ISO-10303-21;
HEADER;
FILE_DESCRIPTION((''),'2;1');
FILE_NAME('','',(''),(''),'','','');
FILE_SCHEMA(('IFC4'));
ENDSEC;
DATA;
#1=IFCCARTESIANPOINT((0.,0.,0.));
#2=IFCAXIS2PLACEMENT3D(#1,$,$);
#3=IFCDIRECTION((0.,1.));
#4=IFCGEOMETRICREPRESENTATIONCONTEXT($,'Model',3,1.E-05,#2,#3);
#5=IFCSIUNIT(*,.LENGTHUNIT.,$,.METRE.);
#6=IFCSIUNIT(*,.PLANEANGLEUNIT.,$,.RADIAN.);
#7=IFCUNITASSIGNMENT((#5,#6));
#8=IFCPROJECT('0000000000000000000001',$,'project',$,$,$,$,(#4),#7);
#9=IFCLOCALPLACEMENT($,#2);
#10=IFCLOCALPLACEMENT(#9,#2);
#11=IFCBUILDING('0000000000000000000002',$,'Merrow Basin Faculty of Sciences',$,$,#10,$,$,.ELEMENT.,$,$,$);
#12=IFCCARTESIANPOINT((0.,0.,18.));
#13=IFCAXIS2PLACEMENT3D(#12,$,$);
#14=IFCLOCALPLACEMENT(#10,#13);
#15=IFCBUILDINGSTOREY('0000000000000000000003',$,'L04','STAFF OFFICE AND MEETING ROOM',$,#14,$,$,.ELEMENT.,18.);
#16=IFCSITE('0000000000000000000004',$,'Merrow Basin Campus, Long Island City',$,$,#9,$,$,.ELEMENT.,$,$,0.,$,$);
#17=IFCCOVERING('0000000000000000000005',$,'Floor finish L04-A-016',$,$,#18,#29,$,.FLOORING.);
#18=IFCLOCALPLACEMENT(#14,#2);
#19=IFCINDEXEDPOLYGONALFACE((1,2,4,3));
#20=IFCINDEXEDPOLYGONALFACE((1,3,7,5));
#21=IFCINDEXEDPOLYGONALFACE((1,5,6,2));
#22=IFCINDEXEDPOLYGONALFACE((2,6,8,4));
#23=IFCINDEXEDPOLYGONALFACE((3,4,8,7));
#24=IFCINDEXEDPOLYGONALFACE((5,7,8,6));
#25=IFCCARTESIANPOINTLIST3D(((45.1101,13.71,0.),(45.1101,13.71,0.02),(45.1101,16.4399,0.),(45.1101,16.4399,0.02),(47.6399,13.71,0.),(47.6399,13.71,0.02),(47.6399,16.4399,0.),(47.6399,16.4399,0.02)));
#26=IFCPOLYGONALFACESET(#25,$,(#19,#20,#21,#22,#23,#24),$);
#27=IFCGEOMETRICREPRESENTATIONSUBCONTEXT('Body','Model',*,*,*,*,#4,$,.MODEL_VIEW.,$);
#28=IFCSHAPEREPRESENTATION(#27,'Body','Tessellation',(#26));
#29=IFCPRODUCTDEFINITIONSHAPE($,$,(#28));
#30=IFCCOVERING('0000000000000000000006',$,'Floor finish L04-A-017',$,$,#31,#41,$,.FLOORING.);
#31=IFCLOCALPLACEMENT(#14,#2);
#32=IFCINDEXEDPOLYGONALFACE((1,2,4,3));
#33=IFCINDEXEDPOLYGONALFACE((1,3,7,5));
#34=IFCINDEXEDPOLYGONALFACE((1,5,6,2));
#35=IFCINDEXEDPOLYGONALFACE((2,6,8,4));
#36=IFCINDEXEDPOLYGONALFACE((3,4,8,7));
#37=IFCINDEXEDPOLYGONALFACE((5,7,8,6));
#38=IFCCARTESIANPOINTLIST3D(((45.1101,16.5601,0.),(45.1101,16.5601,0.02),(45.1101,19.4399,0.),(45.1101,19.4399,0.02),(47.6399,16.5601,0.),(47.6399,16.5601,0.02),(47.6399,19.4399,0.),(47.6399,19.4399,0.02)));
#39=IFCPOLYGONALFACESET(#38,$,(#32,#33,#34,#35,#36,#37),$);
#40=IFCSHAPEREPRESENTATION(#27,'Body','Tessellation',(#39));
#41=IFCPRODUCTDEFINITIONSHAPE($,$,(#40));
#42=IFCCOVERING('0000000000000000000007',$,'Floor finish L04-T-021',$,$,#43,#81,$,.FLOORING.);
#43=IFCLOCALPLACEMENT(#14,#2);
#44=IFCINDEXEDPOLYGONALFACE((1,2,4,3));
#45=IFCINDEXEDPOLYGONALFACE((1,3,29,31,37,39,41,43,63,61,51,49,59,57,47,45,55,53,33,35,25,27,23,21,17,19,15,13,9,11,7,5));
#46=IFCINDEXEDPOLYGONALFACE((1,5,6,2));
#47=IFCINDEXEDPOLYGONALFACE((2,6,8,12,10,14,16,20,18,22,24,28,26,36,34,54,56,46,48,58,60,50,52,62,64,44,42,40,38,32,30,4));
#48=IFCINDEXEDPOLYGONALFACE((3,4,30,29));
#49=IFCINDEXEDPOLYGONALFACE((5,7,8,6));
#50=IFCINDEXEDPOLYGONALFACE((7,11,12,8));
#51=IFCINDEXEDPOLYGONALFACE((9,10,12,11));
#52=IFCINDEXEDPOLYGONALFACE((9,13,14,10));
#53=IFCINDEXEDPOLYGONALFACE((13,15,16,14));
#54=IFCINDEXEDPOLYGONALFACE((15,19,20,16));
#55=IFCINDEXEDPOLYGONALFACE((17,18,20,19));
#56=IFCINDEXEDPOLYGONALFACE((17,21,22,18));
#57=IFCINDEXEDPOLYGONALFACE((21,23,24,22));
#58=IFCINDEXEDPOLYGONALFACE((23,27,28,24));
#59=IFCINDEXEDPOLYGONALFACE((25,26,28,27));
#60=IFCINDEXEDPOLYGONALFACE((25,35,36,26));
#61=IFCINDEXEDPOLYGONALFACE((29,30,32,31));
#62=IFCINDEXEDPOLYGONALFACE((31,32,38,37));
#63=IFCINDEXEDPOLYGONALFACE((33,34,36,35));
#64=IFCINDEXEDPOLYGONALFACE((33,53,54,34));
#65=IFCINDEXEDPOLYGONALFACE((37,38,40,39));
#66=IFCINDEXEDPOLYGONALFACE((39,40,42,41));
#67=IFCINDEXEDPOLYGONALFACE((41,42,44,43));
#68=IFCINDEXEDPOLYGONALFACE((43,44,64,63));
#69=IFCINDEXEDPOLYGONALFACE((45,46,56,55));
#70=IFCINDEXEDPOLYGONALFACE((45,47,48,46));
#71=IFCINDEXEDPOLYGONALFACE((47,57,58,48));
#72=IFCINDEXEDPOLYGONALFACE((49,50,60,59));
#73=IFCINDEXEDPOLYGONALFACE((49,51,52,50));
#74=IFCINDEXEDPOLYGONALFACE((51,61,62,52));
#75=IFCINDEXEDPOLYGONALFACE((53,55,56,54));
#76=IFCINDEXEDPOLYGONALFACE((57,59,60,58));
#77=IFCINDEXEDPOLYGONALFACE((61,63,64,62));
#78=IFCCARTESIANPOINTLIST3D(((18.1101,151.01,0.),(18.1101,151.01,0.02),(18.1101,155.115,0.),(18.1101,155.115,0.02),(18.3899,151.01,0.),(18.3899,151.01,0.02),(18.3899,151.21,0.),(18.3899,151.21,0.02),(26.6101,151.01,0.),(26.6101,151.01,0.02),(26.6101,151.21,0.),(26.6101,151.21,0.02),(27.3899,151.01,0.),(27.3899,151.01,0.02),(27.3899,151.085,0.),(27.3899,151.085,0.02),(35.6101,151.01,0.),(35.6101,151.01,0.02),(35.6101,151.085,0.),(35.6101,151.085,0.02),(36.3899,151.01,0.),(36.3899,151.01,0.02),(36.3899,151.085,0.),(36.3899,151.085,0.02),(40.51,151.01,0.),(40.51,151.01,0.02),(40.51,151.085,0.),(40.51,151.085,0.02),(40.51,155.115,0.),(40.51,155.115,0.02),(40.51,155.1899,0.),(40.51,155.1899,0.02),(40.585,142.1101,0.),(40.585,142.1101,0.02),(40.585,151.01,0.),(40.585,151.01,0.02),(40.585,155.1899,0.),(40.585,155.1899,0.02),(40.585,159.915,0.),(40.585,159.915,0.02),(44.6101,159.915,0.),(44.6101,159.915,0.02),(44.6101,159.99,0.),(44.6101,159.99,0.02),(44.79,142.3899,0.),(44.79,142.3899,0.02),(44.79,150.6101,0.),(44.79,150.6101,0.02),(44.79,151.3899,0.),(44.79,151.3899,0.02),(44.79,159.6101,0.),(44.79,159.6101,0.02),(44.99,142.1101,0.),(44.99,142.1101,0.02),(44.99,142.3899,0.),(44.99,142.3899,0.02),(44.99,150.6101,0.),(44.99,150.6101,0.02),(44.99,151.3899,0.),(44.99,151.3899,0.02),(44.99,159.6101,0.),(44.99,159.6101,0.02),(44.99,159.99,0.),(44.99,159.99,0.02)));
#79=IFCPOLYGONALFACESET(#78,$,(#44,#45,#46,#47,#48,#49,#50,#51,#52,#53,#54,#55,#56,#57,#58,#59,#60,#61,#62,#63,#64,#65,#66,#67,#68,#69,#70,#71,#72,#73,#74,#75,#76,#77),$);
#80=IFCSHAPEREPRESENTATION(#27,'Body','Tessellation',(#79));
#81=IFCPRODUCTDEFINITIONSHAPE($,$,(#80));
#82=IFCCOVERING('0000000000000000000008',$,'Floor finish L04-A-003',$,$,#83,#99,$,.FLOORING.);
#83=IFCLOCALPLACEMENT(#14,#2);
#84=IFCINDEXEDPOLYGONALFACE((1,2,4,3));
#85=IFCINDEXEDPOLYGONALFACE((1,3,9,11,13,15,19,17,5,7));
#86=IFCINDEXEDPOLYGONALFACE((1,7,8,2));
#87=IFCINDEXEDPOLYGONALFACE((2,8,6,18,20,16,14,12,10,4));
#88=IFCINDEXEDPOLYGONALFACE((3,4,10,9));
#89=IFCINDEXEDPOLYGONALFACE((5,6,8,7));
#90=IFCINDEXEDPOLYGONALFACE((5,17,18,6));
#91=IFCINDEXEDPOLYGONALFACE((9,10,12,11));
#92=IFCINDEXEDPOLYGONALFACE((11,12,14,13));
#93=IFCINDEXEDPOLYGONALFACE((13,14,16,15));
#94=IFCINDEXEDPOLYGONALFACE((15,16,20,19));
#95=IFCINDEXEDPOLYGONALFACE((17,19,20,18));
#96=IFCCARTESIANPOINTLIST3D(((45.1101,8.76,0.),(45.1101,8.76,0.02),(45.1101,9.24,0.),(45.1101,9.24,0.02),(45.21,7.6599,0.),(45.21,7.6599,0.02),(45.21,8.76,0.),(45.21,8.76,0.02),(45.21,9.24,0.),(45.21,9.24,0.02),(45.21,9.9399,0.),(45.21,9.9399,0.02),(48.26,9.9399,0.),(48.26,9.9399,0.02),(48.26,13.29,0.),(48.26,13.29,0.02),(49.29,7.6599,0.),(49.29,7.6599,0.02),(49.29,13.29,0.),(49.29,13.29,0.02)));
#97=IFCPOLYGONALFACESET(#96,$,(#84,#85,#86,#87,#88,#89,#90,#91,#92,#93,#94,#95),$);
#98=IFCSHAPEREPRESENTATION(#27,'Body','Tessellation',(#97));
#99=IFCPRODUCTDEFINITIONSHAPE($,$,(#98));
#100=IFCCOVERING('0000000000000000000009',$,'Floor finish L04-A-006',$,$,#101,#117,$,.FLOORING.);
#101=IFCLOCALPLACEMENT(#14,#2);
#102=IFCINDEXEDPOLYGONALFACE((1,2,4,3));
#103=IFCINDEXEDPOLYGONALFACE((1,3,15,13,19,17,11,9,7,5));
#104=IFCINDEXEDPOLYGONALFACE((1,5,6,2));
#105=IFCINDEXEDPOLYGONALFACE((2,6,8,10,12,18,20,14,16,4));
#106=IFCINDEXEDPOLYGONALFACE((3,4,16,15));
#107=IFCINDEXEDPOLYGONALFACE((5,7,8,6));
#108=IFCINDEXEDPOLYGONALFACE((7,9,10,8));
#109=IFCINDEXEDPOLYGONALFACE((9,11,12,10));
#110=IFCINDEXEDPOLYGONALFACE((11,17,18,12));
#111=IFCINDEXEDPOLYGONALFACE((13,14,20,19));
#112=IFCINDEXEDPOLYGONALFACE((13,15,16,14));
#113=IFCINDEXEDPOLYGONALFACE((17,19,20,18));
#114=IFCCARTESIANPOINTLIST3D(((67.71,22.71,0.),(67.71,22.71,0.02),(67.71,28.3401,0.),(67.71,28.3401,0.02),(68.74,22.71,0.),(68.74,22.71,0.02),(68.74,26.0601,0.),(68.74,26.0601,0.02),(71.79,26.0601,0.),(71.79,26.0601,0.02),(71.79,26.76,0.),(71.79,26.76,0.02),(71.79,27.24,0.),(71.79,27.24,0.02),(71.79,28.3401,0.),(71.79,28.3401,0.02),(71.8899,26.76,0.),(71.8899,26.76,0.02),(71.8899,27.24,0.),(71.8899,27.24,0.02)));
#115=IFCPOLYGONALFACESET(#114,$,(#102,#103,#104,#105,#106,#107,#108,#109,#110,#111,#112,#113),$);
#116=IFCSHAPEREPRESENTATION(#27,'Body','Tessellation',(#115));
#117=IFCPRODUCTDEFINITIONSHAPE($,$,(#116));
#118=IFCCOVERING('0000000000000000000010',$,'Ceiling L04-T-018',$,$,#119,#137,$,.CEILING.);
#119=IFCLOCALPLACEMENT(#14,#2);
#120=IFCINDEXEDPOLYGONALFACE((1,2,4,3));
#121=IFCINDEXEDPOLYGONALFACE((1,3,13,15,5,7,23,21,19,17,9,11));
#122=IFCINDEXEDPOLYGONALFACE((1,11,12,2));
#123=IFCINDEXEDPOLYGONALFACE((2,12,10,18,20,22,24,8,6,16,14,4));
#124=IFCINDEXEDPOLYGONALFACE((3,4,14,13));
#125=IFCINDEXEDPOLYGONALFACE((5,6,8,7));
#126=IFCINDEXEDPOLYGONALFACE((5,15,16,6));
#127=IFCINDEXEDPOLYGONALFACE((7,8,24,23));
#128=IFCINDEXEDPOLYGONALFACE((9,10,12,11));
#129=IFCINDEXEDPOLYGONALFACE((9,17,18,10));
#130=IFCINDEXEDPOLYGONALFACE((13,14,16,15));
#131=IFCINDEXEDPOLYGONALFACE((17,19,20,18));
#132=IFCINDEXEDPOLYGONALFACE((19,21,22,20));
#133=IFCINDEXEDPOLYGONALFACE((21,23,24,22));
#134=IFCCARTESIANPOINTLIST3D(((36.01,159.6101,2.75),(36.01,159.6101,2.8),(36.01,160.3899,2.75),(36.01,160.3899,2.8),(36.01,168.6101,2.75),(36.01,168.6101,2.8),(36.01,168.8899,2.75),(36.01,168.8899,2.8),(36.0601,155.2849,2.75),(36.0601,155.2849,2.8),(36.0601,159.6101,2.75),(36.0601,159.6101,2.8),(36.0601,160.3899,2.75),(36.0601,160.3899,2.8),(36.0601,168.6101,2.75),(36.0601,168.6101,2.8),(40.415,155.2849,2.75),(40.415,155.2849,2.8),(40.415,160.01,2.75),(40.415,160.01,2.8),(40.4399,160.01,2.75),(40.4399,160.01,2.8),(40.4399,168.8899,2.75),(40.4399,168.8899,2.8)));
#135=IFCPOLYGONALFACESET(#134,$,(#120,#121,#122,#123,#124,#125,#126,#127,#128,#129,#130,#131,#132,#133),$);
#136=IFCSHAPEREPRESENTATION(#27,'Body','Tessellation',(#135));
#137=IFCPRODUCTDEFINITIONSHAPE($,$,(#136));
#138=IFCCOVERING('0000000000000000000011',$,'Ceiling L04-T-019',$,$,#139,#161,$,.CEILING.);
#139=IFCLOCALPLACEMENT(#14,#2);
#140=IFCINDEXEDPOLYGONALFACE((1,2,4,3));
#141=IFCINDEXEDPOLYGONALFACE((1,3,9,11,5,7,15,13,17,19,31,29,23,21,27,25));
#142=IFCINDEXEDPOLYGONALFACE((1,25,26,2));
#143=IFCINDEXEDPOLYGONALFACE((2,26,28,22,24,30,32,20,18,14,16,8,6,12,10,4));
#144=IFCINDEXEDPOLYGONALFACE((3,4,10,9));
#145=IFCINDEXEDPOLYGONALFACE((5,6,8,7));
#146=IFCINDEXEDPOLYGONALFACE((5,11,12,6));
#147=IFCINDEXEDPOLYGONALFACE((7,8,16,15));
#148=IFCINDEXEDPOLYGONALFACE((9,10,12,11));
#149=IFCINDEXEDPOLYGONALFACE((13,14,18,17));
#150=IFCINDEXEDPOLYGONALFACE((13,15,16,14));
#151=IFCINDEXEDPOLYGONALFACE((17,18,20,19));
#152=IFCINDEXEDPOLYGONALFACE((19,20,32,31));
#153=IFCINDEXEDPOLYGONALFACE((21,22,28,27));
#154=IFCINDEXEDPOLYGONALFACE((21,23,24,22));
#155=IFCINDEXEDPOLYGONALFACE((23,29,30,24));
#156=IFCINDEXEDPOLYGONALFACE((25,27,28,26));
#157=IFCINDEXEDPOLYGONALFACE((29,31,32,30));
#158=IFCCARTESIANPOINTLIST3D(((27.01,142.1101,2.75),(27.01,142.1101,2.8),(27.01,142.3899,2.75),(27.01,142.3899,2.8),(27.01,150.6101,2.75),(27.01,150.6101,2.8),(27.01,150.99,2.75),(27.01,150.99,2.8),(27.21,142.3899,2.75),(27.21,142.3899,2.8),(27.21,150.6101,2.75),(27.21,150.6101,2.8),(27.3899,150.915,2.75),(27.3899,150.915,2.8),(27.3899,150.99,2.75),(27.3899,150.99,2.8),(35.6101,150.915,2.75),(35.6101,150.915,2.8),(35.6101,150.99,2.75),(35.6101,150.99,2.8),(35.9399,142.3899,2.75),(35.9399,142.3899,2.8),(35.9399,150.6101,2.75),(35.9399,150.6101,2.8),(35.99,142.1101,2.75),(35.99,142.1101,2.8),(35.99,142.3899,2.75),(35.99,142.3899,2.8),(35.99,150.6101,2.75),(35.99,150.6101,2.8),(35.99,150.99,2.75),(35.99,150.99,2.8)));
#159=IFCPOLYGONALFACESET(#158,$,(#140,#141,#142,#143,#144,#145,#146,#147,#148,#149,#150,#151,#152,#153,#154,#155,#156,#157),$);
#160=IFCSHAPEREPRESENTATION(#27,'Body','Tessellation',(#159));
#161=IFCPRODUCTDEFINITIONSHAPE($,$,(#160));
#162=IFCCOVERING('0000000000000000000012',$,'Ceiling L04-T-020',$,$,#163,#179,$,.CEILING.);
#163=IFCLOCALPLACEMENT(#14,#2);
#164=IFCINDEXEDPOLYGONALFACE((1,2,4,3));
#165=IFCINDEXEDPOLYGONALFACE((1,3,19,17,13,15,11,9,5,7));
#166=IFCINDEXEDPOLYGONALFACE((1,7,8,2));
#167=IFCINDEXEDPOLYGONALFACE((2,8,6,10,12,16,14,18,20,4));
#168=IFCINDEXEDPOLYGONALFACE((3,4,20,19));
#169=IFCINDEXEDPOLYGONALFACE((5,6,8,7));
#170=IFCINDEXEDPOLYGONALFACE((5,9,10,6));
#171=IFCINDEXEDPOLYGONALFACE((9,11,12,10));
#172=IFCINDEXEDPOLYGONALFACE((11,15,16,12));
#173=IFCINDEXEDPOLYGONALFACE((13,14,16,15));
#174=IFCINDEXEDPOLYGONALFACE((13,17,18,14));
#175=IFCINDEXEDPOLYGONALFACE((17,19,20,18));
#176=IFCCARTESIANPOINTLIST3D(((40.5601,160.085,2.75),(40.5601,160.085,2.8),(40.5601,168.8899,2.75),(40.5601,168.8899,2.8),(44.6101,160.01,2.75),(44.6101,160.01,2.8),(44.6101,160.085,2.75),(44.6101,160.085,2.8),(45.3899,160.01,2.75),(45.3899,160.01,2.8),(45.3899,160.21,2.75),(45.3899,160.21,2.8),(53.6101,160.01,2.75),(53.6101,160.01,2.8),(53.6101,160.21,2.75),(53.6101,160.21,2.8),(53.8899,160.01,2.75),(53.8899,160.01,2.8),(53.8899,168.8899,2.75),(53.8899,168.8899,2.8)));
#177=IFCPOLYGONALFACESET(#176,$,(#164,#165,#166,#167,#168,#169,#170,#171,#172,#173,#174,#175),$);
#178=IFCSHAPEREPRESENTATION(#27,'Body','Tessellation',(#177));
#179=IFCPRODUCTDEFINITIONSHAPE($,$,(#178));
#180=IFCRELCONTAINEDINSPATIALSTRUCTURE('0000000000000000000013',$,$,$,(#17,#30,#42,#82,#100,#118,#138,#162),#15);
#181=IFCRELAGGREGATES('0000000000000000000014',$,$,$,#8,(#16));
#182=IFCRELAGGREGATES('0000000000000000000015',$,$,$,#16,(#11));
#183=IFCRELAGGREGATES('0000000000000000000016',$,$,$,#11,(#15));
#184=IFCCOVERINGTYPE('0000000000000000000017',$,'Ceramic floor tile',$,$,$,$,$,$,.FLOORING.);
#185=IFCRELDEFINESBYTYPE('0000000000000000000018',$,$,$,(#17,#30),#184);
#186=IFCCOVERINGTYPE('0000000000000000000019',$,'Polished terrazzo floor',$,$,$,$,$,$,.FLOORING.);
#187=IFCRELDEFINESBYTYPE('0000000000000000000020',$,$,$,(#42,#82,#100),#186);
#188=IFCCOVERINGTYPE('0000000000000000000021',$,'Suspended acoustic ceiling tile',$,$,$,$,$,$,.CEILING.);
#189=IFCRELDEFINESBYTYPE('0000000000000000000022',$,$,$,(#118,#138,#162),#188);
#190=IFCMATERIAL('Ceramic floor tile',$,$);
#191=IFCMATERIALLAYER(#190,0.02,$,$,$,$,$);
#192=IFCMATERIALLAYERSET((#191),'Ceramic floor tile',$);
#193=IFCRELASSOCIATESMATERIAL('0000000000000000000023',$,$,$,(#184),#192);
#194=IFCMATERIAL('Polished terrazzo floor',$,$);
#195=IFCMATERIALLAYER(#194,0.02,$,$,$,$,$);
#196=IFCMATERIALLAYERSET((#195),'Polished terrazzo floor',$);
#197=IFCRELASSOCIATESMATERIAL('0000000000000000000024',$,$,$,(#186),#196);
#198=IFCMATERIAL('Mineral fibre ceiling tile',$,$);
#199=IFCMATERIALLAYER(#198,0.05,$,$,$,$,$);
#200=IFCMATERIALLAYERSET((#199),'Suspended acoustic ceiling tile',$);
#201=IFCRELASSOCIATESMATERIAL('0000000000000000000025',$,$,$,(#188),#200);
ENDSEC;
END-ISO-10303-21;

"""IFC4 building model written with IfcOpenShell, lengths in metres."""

from ifc_helpers import new_model, si_unit, direction, frame, origin, place, context, subcontext, project, spatial, polyline, outline, extrude, material, layer, layer_set, type_object, element, save


model = new_model("IFC4")

# Units and contexts
model_context = context("Model", 3, precision=1e-05, world=origin(), true_north=direction((0.0, 1.0)))
body_context = subcontext(model_context, "Body", "Model", "MODEL_VIEW")
ifc_project = project(units=[si_unit("LENGTHUNIT", "METRE"), si_unit("PLANEANGLEUNIT", "RADIAN")], contexts=[model_context])

# Site, building, storey
site_placement = place(None, origin())
site = spatial("IfcSite", under=ifc_project, at=site_placement, Name="Merrow Basin Campus, Long Island City", CompositionType="ELEMENT", RefElevation=0.0)
building_placement = place(site_placement, origin())
building = spatial("IfcBuilding", under=site, at=building_placement, Name="Merrow Basin Faculty of Sciences", CompositionType="ELEMENT")
storey_placement = place(building_placement, frame((0.0, 0.0, 18.0)))
storey = spatial("IfcBuildingStorey", under=building, at=storey_placement, Name="L04", Description="STAFF OFFICE AND MEETING ROOM", CompositionType="ELEMENT", Elevation=18.0)

# Coverings
ifc_material_1 = material(Name="Ceramic floor tile")
ifc_layer_1 = layer(ifc_material_1, 0.02)
ifc_layer_set_1 = layer_set([ifc_layer_1], Name="Ceramic floor tile")
covering_type_1 = type_object("IfcCoveringType", Name="Ceramic floor tile", PredefinedType="FLOORING", material=ifc_layer_set_1)
covering_1_placement = place(storey_placement, origin())
element("IfcCovering", 1, at=covering_1_placement, inside=storey, type_object=covering_type_1, Name="Floor finish L04-A-016", PredefinedType="FLOORING", context=body_context, shape_type="SweptSolid", body=[
    extrude(outline(polyline([(45.1101, 16.4399), (47.6399, 16.4399), (47.6399, 13.71), (45.1101, 13.71), (45.1101, 16.4399)])), origin(), (0.0, 0.0, 1.0), 0.02),
])
covering_2_placement = place(storey_placement, origin())
element("IfcCovering", 2, at=covering_2_placement, inside=storey, type_object=covering_type_1, Name="Floor finish L04-A-017", PredefinedType="FLOORING", context=body_context, shape_type="SweptSolid", body=[
    extrude(outline(polyline([(47.6399, 19.4399), (47.6399, 16.5601), (45.1101, 16.5601), (45.1101, 19.4399), (47.6399, 19.4399)])), origin(), (0.0, 0.0, 1.0), 0.02),
])
ifc_material_2 = material(Name="Polished terrazzo floor")
ifc_layer_2 = layer(ifc_material_2, 0.02)
ifc_layer_set_2 = layer_set([ifc_layer_2], Name="Polished terrazzo floor")
covering_type_2 = type_object("IfcCoveringType", Name="Polished terrazzo floor", PredefinedType="FLOORING", material=ifc_layer_set_2)
covering_3_placement = place(storey_placement, origin())
element("IfcCovering", 3, at=covering_3_placement, inside=storey, type_object=covering_type_2, Name="Floor finish L04-T-021", PredefinedType="FLOORING", context=body_context, shape_type="SweptSolid", body=[
    extrude(outline(polyline([(44.99, 159.6101), (44.79, 159.6101), (44.79, 151.3899), (44.99, 151.3899), (44.99, 150.6101), (44.79, 150.6101), (44.79, 142.3899), (44.99, 142.3899), (44.99, 142.1101), (40.585, 142.1101), (40.585, 151.01), (40.51, 151.01), (40.51, 151.085), (36.3899, 151.085), (36.3899, 151.01), (35.6101, 151.01), (35.6101, 151.085), (27.3899, 151.085), (27.3899, 151.01), (26.6101, 151.01), (26.6101, 151.21), (18.3899, 151.21), (18.3899, 151.01), (18.1101, 151.01), (18.1101, 155.115), (40.51, 155.115), (40.51, 155.1899), (40.585, 155.1899), (40.585, 159.915), (44.6101, 159.915), (44.6101, 159.99), (44.99, 159.99), (44.99, 159.6101)])), origin(), (0.0, 0.0, 1.0), 0.02),
])
covering_4_placement = place(storey_placement, origin())
element("IfcCovering", 4, at=covering_4_placement, inside=storey, type_object=covering_type_2, Name="Floor finish L04-A-003", PredefinedType="FLOORING", context=body_context, shape_type="SweptSolid", body=[
    extrude(outline(polyline([(45.1101, 9.24), (45.21, 9.24), (45.21, 9.9399), (48.26, 9.9399), (48.26, 13.29), (49.29, 13.29), (49.29, 7.6599), (45.21, 7.6599), (45.21, 8.76), (45.1101, 8.76), (45.1101, 9.24)])), origin(), (0.0, 0.0, 1.0), 0.02),
])
covering_5_placement = place(storey_placement, origin())
element("IfcCovering", 5, at=covering_5_placement, inside=storey, type_object=covering_type_2, Name="Floor finish L04-A-006", PredefinedType="FLOORING", context=body_context, shape_type="SweptSolid", body=[
    extrude(outline(polyline([(71.8899, 26.76), (71.79, 26.76), (71.79, 26.0601), (68.74, 26.0601), (68.74, 22.71), (67.71, 22.71), (67.71, 28.3401), (71.79, 28.3401), (71.79, 27.24), (71.8899, 27.24), (71.8899, 26.76)])), origin(), (0.0, 0.0, 1.0), 0.02),
])
ifc_material_3 = material(Name="Mineral fibre ceiling tile")
ifc_layer_3 = layer(ifc_material_3, 0.05)
ifc_layer_set_3 = layer_set([ifc_layer_3], Name="Suspended acoustic ceiling tile")
covering_type_3 = type_object("IfcCoveringType", Name="Suspended acoustic ceiling tile", PredefinedType="CEILING", material=ifc_layer_set_3)
covering_6_placement = place(storey_placement, frame((0.0, 0.0, 2.75)))
element("IfcCovering", 6, at=covering_6_placement, inside=storey, type_object=covering_type_3, Name="Ceiling L04-T-018", PredefinedType="CEILING", context=body_context, shape_type="SweptSolid", body=[
    extrude(outline(polyline([(36.0601, 155.2849), (36.0601, 159.6101), (36.01, 159.6101), (36.01, 160.3899), (36.0601, 160.3899), (36.0601, 168.6101), (36.01, 168.6101), (36.01, 168.8899), (40.4399, 168.8899), (40.4399, 160.01), (40.415, 160.01), (40.415, 155.2849), (36.0601, 155.2849)])), origin(), (0.0, 0.0, 1.0), 0.05),
])
covering_7_placement = place(storey_placement, frame((0.0, 0.0, 2.75)))
element("IfcCovering", 7, at=covering_7_placement, inside=storey, type_object=covering_type_3, Name="Ceiling L04-T-019", PredefinedType="CEILING", context=body_context, shape_type="SweptSolid", body=[
    extrude(outline(polyline([(27.3899, 150.99), (27.3899, 150.915), (35.6101, 150.915), (35.6101, 150.99), (35.99, 150.99), (35.99, 150.6101), (35.9399, 150.6101), (35.9399, 142.3899), (35.99, 142.3899), (35.99, 142.1101), (27.01, 142.1101), (27.01, 142.3899), (27.21, 142.3899), (27.21, 150.6101), (27.01, 150.6101), (27.01, 150.99), (27.3899, 150.99)])), origin(), (0.0, 0.0, 1.0), 0.05),
])
covering_8_placement = place(storey_placement, frame((0.0, 0.0, 2.75)))
element("IfcCovering", 8, at=covering_8_placement, inside=storey, type_object=covering_type_3, Name="Ceiling L04-T-020", PredefinedType="CEILING", context=body_context, shape_type="SweptSolid", body=[
    extrude(outline(polyline([(53.8899, 168.8899), (53.8899, 160.01), (53.6101, 160.01), (53.6101, 160.21), (45.3899, 160.21), (45.3899, 160.01), (44.6101, 160.01), (44.6101, 160.085), (40.5601, 160.085), (40.5601, 168.8899), (53.8899, 168.8899)])), origin(), (0.0, 0.0, 1.0), 0.05),
])

save(model, "model.ifc")
